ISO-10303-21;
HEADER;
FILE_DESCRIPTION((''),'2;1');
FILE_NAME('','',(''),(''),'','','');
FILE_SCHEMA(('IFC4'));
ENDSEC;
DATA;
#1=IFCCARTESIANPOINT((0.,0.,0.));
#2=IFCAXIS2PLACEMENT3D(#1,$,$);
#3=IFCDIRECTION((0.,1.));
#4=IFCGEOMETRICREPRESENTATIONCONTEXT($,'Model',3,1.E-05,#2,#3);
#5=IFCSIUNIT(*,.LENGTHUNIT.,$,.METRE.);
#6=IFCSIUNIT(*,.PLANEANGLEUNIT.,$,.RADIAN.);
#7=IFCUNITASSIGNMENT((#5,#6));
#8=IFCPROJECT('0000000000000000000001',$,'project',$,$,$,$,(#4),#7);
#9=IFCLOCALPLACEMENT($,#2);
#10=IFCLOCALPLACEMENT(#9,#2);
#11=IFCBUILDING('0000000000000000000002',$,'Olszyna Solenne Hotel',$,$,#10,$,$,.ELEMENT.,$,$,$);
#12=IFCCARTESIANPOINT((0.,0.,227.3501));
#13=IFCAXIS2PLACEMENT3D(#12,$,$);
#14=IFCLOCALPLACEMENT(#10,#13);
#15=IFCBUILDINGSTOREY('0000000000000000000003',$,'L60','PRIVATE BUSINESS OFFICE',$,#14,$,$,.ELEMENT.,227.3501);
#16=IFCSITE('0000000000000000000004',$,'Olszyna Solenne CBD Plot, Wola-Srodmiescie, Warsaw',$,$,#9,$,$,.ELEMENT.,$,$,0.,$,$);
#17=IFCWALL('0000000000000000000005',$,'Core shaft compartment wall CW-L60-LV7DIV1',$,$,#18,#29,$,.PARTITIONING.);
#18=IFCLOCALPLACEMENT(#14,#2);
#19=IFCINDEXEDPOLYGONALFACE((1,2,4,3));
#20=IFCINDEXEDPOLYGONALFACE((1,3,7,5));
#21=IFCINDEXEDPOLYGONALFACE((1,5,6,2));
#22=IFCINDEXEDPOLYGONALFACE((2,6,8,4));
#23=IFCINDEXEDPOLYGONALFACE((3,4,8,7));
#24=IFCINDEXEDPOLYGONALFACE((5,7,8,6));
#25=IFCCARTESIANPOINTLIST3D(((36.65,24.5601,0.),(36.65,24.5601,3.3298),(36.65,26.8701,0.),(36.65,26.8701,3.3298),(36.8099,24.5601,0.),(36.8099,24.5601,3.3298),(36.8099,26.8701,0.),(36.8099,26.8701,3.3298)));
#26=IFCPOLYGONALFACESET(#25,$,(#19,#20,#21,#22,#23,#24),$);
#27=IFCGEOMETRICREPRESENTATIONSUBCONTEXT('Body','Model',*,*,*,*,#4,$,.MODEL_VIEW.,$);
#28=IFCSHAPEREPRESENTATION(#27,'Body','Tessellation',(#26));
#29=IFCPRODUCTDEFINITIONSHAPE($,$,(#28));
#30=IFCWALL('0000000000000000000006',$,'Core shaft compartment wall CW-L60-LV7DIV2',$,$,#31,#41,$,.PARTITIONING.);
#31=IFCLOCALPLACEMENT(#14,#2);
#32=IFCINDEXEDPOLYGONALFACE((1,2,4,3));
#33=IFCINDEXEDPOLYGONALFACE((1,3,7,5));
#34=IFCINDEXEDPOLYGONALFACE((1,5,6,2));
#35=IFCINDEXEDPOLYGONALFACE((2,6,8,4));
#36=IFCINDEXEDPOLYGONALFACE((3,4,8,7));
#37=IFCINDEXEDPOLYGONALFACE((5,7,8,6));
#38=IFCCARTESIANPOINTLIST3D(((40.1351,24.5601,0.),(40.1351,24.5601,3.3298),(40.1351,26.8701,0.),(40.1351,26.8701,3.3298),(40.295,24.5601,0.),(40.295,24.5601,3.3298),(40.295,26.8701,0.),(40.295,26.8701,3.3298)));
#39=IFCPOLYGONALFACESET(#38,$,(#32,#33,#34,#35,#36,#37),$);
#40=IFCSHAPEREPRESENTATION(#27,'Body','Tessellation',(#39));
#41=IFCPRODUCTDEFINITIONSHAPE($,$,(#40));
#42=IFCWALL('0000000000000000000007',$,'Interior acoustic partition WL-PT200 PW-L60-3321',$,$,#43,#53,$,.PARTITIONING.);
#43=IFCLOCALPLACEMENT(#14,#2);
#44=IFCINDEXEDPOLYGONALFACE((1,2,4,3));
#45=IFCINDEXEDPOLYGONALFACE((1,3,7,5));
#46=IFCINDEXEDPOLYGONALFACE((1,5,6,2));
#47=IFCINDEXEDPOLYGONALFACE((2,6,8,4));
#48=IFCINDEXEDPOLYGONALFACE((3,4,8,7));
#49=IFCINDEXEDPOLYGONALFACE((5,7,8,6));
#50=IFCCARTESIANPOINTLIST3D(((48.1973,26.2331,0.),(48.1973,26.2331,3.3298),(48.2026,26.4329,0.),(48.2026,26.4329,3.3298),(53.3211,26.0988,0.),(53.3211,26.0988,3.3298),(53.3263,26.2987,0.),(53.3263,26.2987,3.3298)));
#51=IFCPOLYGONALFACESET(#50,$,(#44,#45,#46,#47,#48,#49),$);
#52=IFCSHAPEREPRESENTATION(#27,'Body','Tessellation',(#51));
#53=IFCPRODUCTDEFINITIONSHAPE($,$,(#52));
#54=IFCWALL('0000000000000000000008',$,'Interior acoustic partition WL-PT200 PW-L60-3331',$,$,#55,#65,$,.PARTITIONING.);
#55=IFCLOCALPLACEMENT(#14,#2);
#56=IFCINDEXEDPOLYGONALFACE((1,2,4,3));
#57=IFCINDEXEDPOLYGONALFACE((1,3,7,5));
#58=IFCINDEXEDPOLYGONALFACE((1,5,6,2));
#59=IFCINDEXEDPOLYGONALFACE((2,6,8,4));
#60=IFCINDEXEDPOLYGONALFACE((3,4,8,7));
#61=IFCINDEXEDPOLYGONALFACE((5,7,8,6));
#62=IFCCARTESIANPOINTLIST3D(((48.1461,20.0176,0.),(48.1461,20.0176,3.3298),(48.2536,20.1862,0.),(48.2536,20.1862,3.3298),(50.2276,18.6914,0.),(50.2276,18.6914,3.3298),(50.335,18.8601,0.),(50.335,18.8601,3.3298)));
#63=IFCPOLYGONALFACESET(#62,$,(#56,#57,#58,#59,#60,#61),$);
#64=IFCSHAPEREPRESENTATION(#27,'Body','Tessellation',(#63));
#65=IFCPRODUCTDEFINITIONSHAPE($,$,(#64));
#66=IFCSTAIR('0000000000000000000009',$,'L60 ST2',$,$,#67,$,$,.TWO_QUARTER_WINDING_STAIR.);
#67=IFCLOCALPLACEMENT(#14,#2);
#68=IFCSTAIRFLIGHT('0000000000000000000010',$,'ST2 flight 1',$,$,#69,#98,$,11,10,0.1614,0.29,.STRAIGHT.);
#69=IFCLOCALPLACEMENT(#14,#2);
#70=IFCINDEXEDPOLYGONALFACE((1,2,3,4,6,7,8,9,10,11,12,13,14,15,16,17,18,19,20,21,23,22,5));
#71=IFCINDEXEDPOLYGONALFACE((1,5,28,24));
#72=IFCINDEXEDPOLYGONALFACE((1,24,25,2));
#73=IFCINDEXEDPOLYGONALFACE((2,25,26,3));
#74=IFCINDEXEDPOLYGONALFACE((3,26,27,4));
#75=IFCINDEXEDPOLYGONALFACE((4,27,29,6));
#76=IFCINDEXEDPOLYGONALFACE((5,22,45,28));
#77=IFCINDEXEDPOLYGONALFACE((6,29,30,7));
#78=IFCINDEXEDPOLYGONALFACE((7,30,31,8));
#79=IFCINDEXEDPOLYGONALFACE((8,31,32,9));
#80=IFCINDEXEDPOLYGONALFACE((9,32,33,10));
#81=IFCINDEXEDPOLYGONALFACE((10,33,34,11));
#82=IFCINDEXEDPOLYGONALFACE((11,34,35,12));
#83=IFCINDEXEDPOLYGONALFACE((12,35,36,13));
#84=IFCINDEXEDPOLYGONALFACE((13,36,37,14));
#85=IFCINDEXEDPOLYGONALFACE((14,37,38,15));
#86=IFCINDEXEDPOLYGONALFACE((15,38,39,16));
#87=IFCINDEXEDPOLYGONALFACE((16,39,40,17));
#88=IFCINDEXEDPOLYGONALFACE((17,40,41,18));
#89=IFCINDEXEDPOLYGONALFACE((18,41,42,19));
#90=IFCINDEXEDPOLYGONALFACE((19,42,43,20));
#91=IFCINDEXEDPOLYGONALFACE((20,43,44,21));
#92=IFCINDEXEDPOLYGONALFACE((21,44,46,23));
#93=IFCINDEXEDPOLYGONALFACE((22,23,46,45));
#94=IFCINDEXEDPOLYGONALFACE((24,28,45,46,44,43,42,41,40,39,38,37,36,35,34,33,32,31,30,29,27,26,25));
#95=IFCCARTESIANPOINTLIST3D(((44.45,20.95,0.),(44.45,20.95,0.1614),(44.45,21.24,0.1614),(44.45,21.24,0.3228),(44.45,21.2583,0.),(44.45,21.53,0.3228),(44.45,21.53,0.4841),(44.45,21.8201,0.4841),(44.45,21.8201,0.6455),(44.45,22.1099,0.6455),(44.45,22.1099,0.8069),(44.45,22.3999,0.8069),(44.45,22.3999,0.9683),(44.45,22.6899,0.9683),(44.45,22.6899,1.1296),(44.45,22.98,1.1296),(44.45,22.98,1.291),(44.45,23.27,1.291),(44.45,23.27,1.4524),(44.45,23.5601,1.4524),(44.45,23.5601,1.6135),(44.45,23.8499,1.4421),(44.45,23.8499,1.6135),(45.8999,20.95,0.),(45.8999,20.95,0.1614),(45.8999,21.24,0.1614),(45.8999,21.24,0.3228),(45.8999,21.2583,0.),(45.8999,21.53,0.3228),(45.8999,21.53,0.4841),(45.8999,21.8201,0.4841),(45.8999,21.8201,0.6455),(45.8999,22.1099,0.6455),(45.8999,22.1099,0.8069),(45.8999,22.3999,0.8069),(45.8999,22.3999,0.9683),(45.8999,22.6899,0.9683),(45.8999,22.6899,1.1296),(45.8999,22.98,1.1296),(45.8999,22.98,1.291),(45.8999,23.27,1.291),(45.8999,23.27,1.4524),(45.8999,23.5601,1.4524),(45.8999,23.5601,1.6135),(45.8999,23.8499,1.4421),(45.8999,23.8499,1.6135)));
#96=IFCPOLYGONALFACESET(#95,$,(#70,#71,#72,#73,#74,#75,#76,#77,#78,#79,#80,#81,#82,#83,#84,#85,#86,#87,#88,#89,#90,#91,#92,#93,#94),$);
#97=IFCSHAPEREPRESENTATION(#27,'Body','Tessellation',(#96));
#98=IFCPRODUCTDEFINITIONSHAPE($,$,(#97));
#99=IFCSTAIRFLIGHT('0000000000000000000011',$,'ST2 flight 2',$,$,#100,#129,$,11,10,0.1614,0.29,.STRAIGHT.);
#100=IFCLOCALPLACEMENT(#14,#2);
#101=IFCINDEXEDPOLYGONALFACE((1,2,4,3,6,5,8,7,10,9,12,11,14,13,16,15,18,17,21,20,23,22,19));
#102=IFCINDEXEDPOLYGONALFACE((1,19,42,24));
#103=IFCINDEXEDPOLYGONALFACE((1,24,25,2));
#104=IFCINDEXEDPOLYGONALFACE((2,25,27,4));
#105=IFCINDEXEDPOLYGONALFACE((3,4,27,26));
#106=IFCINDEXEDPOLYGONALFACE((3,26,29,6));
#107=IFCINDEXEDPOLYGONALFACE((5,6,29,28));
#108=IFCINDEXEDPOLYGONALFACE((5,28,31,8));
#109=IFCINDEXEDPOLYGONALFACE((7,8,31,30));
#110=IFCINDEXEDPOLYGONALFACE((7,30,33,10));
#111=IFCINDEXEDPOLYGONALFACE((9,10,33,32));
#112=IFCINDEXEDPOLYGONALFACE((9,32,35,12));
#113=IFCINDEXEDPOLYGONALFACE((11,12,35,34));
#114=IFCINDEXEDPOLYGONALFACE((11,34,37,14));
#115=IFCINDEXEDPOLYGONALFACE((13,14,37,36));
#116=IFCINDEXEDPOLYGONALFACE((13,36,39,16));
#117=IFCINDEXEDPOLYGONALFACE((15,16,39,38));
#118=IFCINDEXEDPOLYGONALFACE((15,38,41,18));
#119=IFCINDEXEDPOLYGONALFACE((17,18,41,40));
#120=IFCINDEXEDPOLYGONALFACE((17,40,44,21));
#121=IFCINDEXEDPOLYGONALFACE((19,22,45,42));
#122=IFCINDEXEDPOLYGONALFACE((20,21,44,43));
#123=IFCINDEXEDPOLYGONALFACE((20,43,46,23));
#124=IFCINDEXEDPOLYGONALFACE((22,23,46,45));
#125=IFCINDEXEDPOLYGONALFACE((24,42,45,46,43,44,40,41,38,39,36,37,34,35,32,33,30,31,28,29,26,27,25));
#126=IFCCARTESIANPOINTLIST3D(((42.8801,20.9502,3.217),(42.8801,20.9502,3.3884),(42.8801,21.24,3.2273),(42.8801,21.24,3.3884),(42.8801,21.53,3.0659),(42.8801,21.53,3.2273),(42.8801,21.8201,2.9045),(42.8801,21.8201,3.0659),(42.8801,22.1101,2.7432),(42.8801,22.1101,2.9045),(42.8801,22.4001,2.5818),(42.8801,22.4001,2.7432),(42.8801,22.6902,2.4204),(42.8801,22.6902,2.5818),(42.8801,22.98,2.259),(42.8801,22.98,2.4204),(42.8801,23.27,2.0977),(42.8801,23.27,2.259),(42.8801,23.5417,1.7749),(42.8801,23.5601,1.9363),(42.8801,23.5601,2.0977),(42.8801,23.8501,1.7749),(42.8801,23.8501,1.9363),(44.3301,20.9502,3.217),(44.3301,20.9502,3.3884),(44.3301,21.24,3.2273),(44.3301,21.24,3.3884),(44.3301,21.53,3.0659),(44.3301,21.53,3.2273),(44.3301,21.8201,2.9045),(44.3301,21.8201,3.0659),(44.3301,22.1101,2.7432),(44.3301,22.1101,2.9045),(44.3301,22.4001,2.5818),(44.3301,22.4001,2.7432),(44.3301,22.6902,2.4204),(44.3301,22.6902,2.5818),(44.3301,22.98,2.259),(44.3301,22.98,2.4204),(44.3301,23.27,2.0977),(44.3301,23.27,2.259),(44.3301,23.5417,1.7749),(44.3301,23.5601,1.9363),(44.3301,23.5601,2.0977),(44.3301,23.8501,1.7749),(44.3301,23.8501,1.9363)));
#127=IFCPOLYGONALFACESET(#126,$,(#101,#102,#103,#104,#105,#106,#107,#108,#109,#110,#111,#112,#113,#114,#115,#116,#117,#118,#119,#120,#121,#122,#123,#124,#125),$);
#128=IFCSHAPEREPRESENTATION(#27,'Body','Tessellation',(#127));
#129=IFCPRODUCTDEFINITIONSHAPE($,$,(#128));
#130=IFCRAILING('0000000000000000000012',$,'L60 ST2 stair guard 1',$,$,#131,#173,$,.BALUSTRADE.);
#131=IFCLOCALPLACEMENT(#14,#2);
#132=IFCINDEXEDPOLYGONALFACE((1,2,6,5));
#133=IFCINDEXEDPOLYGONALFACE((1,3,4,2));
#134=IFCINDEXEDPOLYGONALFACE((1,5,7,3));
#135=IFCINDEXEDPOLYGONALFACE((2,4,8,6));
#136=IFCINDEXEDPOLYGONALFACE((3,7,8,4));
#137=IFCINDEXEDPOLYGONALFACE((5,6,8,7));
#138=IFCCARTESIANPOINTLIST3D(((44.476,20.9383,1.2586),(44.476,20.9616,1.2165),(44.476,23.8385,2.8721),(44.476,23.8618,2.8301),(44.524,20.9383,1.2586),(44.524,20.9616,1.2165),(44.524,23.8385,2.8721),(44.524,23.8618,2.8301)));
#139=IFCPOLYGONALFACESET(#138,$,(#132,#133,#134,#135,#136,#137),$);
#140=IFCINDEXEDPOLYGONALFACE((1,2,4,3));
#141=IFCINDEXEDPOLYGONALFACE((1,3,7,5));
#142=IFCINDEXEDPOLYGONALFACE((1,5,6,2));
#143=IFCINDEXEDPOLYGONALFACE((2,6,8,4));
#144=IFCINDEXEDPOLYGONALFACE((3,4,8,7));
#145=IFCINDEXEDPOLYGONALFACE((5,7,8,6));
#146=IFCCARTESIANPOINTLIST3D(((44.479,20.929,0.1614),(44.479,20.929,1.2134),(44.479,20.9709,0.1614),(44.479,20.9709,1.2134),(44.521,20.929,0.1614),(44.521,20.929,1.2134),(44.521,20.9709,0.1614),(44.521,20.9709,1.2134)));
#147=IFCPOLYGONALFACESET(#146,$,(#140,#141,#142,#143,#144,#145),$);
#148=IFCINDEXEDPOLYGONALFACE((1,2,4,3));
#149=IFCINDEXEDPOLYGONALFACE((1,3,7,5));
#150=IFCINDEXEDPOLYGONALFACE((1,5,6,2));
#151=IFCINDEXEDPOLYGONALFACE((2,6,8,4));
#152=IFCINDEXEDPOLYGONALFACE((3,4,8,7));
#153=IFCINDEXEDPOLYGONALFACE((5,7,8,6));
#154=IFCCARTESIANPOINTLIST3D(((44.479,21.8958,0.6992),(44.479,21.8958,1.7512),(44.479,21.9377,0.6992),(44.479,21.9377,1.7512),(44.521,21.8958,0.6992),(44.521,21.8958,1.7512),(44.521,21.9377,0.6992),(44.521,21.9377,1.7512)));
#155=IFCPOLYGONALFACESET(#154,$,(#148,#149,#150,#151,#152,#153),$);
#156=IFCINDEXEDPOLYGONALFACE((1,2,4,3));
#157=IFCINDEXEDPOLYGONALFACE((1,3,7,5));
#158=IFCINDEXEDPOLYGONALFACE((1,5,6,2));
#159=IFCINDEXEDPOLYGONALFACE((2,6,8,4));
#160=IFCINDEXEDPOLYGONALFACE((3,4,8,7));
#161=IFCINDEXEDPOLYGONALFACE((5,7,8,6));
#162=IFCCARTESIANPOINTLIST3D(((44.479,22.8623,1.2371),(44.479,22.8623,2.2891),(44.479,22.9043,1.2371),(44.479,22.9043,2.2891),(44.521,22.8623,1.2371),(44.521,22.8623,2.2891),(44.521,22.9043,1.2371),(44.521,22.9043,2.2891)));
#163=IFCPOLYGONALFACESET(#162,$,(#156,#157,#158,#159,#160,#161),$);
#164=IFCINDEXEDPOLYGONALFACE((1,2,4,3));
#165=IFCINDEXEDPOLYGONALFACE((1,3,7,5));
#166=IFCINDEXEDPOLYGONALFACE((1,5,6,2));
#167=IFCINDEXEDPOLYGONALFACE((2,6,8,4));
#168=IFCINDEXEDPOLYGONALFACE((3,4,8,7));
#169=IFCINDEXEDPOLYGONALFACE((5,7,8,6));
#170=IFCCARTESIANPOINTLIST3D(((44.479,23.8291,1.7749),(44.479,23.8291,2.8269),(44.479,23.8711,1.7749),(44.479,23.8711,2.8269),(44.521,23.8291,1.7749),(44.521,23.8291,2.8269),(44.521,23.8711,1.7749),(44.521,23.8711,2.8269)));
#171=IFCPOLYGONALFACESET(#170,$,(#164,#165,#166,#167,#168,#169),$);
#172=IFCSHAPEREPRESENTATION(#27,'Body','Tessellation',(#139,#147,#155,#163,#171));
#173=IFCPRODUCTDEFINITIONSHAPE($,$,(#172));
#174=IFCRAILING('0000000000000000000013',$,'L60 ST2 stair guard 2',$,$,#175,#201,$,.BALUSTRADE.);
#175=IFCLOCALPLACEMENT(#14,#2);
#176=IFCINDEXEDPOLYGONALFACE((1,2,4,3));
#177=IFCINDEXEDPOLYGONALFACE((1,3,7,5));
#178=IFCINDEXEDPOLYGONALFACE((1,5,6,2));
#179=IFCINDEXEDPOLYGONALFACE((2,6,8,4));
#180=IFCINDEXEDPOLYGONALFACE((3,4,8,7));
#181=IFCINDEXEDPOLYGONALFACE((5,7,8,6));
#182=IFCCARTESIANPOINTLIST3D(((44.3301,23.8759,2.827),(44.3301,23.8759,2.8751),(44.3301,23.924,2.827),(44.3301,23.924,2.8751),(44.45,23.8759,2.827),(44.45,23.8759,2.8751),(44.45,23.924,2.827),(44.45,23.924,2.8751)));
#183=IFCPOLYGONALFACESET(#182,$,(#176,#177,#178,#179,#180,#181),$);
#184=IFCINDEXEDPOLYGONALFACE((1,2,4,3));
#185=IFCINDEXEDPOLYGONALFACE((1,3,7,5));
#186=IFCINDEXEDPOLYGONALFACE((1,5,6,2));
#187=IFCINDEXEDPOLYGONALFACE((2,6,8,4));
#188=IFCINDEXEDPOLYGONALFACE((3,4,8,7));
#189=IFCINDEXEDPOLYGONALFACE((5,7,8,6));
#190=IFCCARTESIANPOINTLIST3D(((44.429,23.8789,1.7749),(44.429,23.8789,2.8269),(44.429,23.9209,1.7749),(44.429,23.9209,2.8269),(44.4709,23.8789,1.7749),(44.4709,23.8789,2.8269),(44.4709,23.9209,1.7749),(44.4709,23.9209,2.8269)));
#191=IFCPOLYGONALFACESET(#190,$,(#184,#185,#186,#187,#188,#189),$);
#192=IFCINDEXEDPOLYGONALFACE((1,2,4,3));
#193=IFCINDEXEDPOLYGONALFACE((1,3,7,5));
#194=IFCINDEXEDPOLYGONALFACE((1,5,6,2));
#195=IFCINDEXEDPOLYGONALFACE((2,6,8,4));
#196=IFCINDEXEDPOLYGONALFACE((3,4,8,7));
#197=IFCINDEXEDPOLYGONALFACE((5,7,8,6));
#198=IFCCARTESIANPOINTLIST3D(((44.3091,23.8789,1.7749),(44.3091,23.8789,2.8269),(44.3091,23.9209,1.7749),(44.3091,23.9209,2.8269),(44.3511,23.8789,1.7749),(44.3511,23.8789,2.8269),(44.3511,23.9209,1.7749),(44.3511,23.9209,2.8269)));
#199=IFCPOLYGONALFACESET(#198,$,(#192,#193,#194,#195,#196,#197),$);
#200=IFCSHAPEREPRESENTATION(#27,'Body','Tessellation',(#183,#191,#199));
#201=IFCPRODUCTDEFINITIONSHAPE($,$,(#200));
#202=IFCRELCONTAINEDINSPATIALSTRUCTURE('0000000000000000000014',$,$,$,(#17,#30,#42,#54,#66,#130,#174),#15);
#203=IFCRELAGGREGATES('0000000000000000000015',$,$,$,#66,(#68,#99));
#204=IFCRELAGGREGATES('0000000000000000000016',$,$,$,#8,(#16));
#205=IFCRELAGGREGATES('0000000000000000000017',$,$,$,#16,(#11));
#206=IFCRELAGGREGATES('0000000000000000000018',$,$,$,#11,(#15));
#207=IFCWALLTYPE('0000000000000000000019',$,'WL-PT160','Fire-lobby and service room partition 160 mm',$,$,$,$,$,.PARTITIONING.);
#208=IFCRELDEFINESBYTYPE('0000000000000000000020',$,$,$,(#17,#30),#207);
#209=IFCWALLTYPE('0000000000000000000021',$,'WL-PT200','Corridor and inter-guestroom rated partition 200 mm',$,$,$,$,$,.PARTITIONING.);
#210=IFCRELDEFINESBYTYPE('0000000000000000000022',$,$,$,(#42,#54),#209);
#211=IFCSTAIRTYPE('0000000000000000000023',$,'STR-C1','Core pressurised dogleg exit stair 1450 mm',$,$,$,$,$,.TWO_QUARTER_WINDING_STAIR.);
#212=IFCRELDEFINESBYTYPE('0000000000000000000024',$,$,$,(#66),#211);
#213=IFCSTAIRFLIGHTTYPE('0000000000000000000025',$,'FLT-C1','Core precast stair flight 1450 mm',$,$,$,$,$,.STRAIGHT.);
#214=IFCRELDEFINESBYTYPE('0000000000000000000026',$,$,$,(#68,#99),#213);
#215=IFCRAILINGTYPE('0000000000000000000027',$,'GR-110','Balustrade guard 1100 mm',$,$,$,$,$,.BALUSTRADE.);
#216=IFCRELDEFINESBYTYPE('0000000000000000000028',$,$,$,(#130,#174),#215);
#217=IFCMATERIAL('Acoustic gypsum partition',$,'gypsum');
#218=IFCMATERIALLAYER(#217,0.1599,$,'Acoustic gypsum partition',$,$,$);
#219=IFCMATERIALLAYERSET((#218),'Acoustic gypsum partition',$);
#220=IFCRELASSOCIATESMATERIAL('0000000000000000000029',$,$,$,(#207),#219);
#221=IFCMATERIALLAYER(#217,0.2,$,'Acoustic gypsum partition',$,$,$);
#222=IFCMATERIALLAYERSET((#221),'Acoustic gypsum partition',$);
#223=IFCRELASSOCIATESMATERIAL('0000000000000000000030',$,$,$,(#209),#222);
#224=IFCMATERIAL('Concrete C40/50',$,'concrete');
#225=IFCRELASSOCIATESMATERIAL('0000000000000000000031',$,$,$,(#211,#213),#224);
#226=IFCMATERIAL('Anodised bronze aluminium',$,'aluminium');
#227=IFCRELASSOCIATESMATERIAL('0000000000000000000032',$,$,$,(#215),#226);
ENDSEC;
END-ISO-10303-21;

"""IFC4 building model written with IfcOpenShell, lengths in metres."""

from ifc_helpers import new_model, si_unit, direction, frame, frame_2d, origin, origin_2d, place, context, subcontext, project, spatial, polyline, rectangle, outline, extrude, material, layer, layer_set, type_object, element, aggregate, save


model = new_model("IFC4")

# Units and contexts
model_context = context("Model", 3, precision=1e-05, world=origin(), true_north=direction((0.0, 1.0)))
body_context = subcontext(model_context, "Body", "Model", "MODEL_VIEW")
ifc_project = project(units=[si_unit("LENGTHUNIT", "METRE"), si_unit("PLANEANGLEUNIT", "RADIAN")], contexts=[model_context])

# Site, building, storey
site_placement = place(None, origin())
site = spatial("IfcSite", under=ifc_project, at=site_placement, Name="Olszyna Solenne CBD Plot, Wola-Srodmiescie, Warsaw", CompositionType="ELEMENT", RefElevation=0.0)
building_placement = place(site_placement, origin())
building = spatial("IfcBuilding", under=site, at=building_placement, Name="Olszyna Solenne Hotel", CompositionType="ELEMENT")
storey_placement = place(building_placement, frame((0.0, 0.0, 227.3501)))
storey = spatial("IfcBuildingStorey", under=building, at=storey_placement, Name="L60", Description="PRIVATE BUSINESS OFFICE", CompositionType="ELEMENT", Elevation=227.3501)

# Shared definitions
ifc_material_1 = material(Name="Anodised bronze aluminium", Category="aluminium")

# Shared definitions
ifc_material_2 = material(Name="Acoustic gypsum partition", Category="gypsum")

# Shared definitions
ifc_layer_1 = layer(ifc_material_2, 0.1599, Name="Acoustic gypsum partition")
ifc_layer_set_1 = layer_set([ifc_layer_1], Name="Acoustic gypsum partition")
wall_type_1 = type_object("IfcWallType", Name="WL-PT160", Description="Fire-lobby and service room partition 160 mm", PredefinedType="PARTITIONING", material=ifc_layer_set_1)

# Walls
for number, where, z_axis, x_axis, name in (
    (1, (36.73, 24.5601, 0.0), (0.0, 0.0, 1.0), (0.0, 1.0, 0.0), "Core shaft compartment wall CW-L60-LV7DIV1"),
    (2, (40.2151, 24.5601, 0.0), (0.0, 0.0, 1.0), (0.0, 1.0, 0.0), "Core shaft compartment wall CW-L60-LV7DIV2"),
):
    element("IfcWall", number, at=place(storey_placement, frame(where, z_axis=z_axis, x_axis=x_axis)), inside=storey, type_object=wall_type_1, Name=name, PredefinedType="PARTITIONING", context=body_context, shape_type="SweptSolid", body=[
        extrude(rectangle(XDim=2.3101, YDim=0.1599, at=frame_2d((1.155, 0.0))), origin(), (0.0, 0.0, 1.0), 3.3298),
    ])
ifc_layer_2 = layer(ifc_material_2, 0.2, Name="Acoustic gypsum partition")
ifc_layer_set_2 = layer_set([ifc_layer_2], Name="Acoustic gypsum partition")
wall_type_2 = type_object("IfcWallType", Name="WL-PT200", Description="Corridor and inter-guestroom rated partition 200 mm", PredefinedType="PARTITIONING", material=ifc_layer_set_2)
wall_1_placement = place(storey_placement, frame((48.2, 26.333, 0.0), z_axis=(0.0, 0.0, 1.0), x_axis=(0.999657, -0.026198, 0.0)))
element("IfcWall", 3, at=wall_1_placement, inside=storey, type_object=wall_type_2, Name="Interior acoustic partition WL-PT200 PW-L60-3321", PredefinedType="PARTITIONING", context=body_context, shape_type="SweptSolid", body=[
    extrude(rectangle(XDim=5.1255, YDim=0.2, at=frame_2d((2.5627, 0.0))), origin(), (0.0, 0.0, 1.0), 3.3298),
])
wall_2_placement = place(storey_placement, frame((48.2, 20.1018, 0.0), z_axis=(0.0, 0.0, 1.0), x_axis=(0.843376, -0.537323, 0.0)))
element("IfcWall", 4, at=wall_2_placement, inside=storey, type_object=wall_type_2, Name="Interior acoustic partition WL-PT200 PW-L60-3331", PredefinedType="PARTITIONING", context=body_context, shape_type="SweptSolid", body=[
    extrude(rectangle(XDim=2.468, YDim=0.2, at=frame_2d((1.2339, 0.0))), origin(), (0.0, 0.0, 1.0), 3.3298),
])

# Stair, stair flights
ifc_material_3 = material(Name="Concrete C40/50", Category="concrete")
stair_type = type_object("IfcStairType", Name="STR-C1", Description="Core pressurised dogleg exit stair 1450 mm", PredefinedType="TWO_QUARTER_WINDING_STAIR", material=ifc_material_3)
stair_placement = place(storey_placement, origin())
stair = element("IfcStair", 5, at=stair_placement, inside=storey, type_object=stair_type, Name="L60 ST2", PredefinedType="TWO_QUARTER_WINDING_STAIR")
stair_flight_type = type_object("IfcStairFlightType", Name="FLT-C1", Description="Core precast stair flight 1450 mm", PredefinedType="STRAIGHT", material=ifc_material_3)
stair_flight_1_placement = place(storey_placement, frame((45.175, 20.95, 0.0), z_axis=(0.0, 0.0, 1.0), x_axis=(0.0, 1.0, 0.0)))
stair_flight_1 = element("IfcStairFlight", 6, at=stair_flight_1_placement, type_object=stair_flight_type, Name="ST2 flight 1", NumberOfRisers=11, NumberOfTreads=10, PredefinedType="STRAIGHT", RiserHeight=0.1614, TreadLength=0.29, context=body_context, shape_type="SweptSolid", body=[
    extrude(outline(polyline([(0.0, 0.0), (0.0, 0.1614), (0.29, 0.1614), (0.29, 0.3228), (0.5801, 0.3228), (0.5801, 0.4841), (0.8701, 0.4841), (0.8701, 0.6455), (1.1599, 0.6455), (1.1599, 0.8069), (1.45, 0.8069), (1.45, 0.9683), (1.74, 0.9683), (1.74, 1.1296), (2.03, 1.1296), (2.03, 1.291), (2.3201, 1.291), (2.3201, 1.4524), (2.6101, 1.4524), (2.6101, 1.6135), (2.8999, 1.6135), (2.8999, 1.7749), (2.8999, 1.4421), (0.3083, 0.0), (0.0, 0.0)])), frame((0.0, 0.7251, 0.0), z_axis=(0.0, -1.0, 0.0), x_axis=(1.0, 0.0, 0.0)), (0.0, 0.0, 1.0), 1.45),
])
stair_flight_2_placement = place(storey_placement, frame((43.605, 23.8501, 1.7749), z_axis=(0.0, 0.0, 1.0), x_axis=(0.0, -1.0, 0.0)))
stair_flight_2 = element("IfcStairFlight", 7, at=stair_flight_2_placement, type_object=stair_flight_type, Name="ST2 flight 2", NumberOfRisers=11, NumberOfTreads=10, PredefinedType="STRAIGHT", RiserHeight=0.1614, TreadLength=0.29, context=body_context, shape_type="SweptSolid", body=[
    extrude(outline(polyline([(0.0, 0.0), (0.0, 0.1614), (0.29, 0.1614), (0.29, 0.3228), (0.5801, 0.3228), (0.5801, 0.4841), (0.8701, 0.4841), (0.8701, 0.6455), (1.1599, 0.6455), (1.1599, 0.8069), (1.45, 0.8069), (1.45, 0.9683), (1.74, 0.9683), (1.74, 1.1296), (2.03, 1.1296), (2.03, 1.291), (2.3201, 1.291), (2.3201, 1.4524), (2.6101, 1.4524), (2.6101, 1.6135), (2.8999, 1.6135), (2.8999, 1.7749), (2.8999, 1.4421), (0.3083, 0.0), (0.0, 0.0)])), frame((0.0, 0.7251, 0.0), z_axis=(0.0, -1.0, 0.0), x_axis=(1.0, 0.0, 0.0)), (0.0, 0.0, 1.0), 1.45),
])
aggregate(stair, [stair_flight_1, stair_flight_2])

# Railings
railing_type_1 = type_object("IfcRailingType", Name="GR-110", Description="Balustrade guard 1100 mm", PredefinedType="BALUSTRADE", material=ifc_material_1)
railing_1_placement = place(storey_placement, frame((44.5, 20.95, 0.1614)))
element("IfcRailing", 8, at=railing_1_placement, inside=storey, type_object=railing_type_1, Name="L60 ST2 stair guard 1", PredefinedType="BALUSTRADE", context=body_context, shape_type="SweptSolid", body=[
    extrude(rectangle(XDim=0.0481, YDim=0.0481, at=origin_2d()), frame((0.0, 0.0, 1.0762), z_axis=(0.0, 0.873859, 0.48618), x_axis=(-1.0, 0.0, 0.0)), (0.0, 0.0, 1.0), 3.3188),
    extrude(rectangle(XDim=0.042, YDim=0.042, at=origin_2d()), origin(), (0.0, 0.0, 1.0), 1.052),
    extrude(rectangle(XDim=0.042, YDim=0.042, at=origin_2d()), frame((0.0, 0.9668, 0.5378)), (0.0, 0.0, 1.0), 1.052),
    extrude(rectangle(XDim=0.042, YDim=0.042, at=origin_2d()), frame((0.0, 1.9333, 1.0757)), (0.0, 0.0, 1.0), 1.052),
    extrude(rectangle(XDim=0.042, YDim=0.042, at=origin_2d()), frame((0.0, 2.9001, 1.6135)), (0.0, 0.0, 1.0), 1.052),
])
railing_2_placement = place(storey_placement, frame((44.45, 23.8999, 1.7749)))
element("IfcRailing", 9, at=railing_2_placement, inside=storey, type_object=railing_type_1, Name="L60 ST2 stair guard 2", PredefinedType="BALUSTRADE", context=body_context, shape_type="SweptSolid", body=[
    extrude(rectangle(XDim=0.0481, YDim=0.0481, at=origin_2d()), frame((0.0, 0.0, 1.0762), z_axis=(-1.0, 0.0, 0.0), x_axis=(0.0, -1.0, 0.0)), (0.0, 0.0, 1.0), 0.1199),
    extrude(rectangle(XDim=0.042, YDim=0.042, at=origin_2d()), origin(), (0.0, 0.0, 1.0), 1.052),
    extrude(rectangle(XDim=0.042, YDim=0.042, at=origin_2d()), frame((-0.1199, 0.0, 0.0)), (0.0, 0.0, 1.0), 1.052),
])

save(model, "model.ifc")
